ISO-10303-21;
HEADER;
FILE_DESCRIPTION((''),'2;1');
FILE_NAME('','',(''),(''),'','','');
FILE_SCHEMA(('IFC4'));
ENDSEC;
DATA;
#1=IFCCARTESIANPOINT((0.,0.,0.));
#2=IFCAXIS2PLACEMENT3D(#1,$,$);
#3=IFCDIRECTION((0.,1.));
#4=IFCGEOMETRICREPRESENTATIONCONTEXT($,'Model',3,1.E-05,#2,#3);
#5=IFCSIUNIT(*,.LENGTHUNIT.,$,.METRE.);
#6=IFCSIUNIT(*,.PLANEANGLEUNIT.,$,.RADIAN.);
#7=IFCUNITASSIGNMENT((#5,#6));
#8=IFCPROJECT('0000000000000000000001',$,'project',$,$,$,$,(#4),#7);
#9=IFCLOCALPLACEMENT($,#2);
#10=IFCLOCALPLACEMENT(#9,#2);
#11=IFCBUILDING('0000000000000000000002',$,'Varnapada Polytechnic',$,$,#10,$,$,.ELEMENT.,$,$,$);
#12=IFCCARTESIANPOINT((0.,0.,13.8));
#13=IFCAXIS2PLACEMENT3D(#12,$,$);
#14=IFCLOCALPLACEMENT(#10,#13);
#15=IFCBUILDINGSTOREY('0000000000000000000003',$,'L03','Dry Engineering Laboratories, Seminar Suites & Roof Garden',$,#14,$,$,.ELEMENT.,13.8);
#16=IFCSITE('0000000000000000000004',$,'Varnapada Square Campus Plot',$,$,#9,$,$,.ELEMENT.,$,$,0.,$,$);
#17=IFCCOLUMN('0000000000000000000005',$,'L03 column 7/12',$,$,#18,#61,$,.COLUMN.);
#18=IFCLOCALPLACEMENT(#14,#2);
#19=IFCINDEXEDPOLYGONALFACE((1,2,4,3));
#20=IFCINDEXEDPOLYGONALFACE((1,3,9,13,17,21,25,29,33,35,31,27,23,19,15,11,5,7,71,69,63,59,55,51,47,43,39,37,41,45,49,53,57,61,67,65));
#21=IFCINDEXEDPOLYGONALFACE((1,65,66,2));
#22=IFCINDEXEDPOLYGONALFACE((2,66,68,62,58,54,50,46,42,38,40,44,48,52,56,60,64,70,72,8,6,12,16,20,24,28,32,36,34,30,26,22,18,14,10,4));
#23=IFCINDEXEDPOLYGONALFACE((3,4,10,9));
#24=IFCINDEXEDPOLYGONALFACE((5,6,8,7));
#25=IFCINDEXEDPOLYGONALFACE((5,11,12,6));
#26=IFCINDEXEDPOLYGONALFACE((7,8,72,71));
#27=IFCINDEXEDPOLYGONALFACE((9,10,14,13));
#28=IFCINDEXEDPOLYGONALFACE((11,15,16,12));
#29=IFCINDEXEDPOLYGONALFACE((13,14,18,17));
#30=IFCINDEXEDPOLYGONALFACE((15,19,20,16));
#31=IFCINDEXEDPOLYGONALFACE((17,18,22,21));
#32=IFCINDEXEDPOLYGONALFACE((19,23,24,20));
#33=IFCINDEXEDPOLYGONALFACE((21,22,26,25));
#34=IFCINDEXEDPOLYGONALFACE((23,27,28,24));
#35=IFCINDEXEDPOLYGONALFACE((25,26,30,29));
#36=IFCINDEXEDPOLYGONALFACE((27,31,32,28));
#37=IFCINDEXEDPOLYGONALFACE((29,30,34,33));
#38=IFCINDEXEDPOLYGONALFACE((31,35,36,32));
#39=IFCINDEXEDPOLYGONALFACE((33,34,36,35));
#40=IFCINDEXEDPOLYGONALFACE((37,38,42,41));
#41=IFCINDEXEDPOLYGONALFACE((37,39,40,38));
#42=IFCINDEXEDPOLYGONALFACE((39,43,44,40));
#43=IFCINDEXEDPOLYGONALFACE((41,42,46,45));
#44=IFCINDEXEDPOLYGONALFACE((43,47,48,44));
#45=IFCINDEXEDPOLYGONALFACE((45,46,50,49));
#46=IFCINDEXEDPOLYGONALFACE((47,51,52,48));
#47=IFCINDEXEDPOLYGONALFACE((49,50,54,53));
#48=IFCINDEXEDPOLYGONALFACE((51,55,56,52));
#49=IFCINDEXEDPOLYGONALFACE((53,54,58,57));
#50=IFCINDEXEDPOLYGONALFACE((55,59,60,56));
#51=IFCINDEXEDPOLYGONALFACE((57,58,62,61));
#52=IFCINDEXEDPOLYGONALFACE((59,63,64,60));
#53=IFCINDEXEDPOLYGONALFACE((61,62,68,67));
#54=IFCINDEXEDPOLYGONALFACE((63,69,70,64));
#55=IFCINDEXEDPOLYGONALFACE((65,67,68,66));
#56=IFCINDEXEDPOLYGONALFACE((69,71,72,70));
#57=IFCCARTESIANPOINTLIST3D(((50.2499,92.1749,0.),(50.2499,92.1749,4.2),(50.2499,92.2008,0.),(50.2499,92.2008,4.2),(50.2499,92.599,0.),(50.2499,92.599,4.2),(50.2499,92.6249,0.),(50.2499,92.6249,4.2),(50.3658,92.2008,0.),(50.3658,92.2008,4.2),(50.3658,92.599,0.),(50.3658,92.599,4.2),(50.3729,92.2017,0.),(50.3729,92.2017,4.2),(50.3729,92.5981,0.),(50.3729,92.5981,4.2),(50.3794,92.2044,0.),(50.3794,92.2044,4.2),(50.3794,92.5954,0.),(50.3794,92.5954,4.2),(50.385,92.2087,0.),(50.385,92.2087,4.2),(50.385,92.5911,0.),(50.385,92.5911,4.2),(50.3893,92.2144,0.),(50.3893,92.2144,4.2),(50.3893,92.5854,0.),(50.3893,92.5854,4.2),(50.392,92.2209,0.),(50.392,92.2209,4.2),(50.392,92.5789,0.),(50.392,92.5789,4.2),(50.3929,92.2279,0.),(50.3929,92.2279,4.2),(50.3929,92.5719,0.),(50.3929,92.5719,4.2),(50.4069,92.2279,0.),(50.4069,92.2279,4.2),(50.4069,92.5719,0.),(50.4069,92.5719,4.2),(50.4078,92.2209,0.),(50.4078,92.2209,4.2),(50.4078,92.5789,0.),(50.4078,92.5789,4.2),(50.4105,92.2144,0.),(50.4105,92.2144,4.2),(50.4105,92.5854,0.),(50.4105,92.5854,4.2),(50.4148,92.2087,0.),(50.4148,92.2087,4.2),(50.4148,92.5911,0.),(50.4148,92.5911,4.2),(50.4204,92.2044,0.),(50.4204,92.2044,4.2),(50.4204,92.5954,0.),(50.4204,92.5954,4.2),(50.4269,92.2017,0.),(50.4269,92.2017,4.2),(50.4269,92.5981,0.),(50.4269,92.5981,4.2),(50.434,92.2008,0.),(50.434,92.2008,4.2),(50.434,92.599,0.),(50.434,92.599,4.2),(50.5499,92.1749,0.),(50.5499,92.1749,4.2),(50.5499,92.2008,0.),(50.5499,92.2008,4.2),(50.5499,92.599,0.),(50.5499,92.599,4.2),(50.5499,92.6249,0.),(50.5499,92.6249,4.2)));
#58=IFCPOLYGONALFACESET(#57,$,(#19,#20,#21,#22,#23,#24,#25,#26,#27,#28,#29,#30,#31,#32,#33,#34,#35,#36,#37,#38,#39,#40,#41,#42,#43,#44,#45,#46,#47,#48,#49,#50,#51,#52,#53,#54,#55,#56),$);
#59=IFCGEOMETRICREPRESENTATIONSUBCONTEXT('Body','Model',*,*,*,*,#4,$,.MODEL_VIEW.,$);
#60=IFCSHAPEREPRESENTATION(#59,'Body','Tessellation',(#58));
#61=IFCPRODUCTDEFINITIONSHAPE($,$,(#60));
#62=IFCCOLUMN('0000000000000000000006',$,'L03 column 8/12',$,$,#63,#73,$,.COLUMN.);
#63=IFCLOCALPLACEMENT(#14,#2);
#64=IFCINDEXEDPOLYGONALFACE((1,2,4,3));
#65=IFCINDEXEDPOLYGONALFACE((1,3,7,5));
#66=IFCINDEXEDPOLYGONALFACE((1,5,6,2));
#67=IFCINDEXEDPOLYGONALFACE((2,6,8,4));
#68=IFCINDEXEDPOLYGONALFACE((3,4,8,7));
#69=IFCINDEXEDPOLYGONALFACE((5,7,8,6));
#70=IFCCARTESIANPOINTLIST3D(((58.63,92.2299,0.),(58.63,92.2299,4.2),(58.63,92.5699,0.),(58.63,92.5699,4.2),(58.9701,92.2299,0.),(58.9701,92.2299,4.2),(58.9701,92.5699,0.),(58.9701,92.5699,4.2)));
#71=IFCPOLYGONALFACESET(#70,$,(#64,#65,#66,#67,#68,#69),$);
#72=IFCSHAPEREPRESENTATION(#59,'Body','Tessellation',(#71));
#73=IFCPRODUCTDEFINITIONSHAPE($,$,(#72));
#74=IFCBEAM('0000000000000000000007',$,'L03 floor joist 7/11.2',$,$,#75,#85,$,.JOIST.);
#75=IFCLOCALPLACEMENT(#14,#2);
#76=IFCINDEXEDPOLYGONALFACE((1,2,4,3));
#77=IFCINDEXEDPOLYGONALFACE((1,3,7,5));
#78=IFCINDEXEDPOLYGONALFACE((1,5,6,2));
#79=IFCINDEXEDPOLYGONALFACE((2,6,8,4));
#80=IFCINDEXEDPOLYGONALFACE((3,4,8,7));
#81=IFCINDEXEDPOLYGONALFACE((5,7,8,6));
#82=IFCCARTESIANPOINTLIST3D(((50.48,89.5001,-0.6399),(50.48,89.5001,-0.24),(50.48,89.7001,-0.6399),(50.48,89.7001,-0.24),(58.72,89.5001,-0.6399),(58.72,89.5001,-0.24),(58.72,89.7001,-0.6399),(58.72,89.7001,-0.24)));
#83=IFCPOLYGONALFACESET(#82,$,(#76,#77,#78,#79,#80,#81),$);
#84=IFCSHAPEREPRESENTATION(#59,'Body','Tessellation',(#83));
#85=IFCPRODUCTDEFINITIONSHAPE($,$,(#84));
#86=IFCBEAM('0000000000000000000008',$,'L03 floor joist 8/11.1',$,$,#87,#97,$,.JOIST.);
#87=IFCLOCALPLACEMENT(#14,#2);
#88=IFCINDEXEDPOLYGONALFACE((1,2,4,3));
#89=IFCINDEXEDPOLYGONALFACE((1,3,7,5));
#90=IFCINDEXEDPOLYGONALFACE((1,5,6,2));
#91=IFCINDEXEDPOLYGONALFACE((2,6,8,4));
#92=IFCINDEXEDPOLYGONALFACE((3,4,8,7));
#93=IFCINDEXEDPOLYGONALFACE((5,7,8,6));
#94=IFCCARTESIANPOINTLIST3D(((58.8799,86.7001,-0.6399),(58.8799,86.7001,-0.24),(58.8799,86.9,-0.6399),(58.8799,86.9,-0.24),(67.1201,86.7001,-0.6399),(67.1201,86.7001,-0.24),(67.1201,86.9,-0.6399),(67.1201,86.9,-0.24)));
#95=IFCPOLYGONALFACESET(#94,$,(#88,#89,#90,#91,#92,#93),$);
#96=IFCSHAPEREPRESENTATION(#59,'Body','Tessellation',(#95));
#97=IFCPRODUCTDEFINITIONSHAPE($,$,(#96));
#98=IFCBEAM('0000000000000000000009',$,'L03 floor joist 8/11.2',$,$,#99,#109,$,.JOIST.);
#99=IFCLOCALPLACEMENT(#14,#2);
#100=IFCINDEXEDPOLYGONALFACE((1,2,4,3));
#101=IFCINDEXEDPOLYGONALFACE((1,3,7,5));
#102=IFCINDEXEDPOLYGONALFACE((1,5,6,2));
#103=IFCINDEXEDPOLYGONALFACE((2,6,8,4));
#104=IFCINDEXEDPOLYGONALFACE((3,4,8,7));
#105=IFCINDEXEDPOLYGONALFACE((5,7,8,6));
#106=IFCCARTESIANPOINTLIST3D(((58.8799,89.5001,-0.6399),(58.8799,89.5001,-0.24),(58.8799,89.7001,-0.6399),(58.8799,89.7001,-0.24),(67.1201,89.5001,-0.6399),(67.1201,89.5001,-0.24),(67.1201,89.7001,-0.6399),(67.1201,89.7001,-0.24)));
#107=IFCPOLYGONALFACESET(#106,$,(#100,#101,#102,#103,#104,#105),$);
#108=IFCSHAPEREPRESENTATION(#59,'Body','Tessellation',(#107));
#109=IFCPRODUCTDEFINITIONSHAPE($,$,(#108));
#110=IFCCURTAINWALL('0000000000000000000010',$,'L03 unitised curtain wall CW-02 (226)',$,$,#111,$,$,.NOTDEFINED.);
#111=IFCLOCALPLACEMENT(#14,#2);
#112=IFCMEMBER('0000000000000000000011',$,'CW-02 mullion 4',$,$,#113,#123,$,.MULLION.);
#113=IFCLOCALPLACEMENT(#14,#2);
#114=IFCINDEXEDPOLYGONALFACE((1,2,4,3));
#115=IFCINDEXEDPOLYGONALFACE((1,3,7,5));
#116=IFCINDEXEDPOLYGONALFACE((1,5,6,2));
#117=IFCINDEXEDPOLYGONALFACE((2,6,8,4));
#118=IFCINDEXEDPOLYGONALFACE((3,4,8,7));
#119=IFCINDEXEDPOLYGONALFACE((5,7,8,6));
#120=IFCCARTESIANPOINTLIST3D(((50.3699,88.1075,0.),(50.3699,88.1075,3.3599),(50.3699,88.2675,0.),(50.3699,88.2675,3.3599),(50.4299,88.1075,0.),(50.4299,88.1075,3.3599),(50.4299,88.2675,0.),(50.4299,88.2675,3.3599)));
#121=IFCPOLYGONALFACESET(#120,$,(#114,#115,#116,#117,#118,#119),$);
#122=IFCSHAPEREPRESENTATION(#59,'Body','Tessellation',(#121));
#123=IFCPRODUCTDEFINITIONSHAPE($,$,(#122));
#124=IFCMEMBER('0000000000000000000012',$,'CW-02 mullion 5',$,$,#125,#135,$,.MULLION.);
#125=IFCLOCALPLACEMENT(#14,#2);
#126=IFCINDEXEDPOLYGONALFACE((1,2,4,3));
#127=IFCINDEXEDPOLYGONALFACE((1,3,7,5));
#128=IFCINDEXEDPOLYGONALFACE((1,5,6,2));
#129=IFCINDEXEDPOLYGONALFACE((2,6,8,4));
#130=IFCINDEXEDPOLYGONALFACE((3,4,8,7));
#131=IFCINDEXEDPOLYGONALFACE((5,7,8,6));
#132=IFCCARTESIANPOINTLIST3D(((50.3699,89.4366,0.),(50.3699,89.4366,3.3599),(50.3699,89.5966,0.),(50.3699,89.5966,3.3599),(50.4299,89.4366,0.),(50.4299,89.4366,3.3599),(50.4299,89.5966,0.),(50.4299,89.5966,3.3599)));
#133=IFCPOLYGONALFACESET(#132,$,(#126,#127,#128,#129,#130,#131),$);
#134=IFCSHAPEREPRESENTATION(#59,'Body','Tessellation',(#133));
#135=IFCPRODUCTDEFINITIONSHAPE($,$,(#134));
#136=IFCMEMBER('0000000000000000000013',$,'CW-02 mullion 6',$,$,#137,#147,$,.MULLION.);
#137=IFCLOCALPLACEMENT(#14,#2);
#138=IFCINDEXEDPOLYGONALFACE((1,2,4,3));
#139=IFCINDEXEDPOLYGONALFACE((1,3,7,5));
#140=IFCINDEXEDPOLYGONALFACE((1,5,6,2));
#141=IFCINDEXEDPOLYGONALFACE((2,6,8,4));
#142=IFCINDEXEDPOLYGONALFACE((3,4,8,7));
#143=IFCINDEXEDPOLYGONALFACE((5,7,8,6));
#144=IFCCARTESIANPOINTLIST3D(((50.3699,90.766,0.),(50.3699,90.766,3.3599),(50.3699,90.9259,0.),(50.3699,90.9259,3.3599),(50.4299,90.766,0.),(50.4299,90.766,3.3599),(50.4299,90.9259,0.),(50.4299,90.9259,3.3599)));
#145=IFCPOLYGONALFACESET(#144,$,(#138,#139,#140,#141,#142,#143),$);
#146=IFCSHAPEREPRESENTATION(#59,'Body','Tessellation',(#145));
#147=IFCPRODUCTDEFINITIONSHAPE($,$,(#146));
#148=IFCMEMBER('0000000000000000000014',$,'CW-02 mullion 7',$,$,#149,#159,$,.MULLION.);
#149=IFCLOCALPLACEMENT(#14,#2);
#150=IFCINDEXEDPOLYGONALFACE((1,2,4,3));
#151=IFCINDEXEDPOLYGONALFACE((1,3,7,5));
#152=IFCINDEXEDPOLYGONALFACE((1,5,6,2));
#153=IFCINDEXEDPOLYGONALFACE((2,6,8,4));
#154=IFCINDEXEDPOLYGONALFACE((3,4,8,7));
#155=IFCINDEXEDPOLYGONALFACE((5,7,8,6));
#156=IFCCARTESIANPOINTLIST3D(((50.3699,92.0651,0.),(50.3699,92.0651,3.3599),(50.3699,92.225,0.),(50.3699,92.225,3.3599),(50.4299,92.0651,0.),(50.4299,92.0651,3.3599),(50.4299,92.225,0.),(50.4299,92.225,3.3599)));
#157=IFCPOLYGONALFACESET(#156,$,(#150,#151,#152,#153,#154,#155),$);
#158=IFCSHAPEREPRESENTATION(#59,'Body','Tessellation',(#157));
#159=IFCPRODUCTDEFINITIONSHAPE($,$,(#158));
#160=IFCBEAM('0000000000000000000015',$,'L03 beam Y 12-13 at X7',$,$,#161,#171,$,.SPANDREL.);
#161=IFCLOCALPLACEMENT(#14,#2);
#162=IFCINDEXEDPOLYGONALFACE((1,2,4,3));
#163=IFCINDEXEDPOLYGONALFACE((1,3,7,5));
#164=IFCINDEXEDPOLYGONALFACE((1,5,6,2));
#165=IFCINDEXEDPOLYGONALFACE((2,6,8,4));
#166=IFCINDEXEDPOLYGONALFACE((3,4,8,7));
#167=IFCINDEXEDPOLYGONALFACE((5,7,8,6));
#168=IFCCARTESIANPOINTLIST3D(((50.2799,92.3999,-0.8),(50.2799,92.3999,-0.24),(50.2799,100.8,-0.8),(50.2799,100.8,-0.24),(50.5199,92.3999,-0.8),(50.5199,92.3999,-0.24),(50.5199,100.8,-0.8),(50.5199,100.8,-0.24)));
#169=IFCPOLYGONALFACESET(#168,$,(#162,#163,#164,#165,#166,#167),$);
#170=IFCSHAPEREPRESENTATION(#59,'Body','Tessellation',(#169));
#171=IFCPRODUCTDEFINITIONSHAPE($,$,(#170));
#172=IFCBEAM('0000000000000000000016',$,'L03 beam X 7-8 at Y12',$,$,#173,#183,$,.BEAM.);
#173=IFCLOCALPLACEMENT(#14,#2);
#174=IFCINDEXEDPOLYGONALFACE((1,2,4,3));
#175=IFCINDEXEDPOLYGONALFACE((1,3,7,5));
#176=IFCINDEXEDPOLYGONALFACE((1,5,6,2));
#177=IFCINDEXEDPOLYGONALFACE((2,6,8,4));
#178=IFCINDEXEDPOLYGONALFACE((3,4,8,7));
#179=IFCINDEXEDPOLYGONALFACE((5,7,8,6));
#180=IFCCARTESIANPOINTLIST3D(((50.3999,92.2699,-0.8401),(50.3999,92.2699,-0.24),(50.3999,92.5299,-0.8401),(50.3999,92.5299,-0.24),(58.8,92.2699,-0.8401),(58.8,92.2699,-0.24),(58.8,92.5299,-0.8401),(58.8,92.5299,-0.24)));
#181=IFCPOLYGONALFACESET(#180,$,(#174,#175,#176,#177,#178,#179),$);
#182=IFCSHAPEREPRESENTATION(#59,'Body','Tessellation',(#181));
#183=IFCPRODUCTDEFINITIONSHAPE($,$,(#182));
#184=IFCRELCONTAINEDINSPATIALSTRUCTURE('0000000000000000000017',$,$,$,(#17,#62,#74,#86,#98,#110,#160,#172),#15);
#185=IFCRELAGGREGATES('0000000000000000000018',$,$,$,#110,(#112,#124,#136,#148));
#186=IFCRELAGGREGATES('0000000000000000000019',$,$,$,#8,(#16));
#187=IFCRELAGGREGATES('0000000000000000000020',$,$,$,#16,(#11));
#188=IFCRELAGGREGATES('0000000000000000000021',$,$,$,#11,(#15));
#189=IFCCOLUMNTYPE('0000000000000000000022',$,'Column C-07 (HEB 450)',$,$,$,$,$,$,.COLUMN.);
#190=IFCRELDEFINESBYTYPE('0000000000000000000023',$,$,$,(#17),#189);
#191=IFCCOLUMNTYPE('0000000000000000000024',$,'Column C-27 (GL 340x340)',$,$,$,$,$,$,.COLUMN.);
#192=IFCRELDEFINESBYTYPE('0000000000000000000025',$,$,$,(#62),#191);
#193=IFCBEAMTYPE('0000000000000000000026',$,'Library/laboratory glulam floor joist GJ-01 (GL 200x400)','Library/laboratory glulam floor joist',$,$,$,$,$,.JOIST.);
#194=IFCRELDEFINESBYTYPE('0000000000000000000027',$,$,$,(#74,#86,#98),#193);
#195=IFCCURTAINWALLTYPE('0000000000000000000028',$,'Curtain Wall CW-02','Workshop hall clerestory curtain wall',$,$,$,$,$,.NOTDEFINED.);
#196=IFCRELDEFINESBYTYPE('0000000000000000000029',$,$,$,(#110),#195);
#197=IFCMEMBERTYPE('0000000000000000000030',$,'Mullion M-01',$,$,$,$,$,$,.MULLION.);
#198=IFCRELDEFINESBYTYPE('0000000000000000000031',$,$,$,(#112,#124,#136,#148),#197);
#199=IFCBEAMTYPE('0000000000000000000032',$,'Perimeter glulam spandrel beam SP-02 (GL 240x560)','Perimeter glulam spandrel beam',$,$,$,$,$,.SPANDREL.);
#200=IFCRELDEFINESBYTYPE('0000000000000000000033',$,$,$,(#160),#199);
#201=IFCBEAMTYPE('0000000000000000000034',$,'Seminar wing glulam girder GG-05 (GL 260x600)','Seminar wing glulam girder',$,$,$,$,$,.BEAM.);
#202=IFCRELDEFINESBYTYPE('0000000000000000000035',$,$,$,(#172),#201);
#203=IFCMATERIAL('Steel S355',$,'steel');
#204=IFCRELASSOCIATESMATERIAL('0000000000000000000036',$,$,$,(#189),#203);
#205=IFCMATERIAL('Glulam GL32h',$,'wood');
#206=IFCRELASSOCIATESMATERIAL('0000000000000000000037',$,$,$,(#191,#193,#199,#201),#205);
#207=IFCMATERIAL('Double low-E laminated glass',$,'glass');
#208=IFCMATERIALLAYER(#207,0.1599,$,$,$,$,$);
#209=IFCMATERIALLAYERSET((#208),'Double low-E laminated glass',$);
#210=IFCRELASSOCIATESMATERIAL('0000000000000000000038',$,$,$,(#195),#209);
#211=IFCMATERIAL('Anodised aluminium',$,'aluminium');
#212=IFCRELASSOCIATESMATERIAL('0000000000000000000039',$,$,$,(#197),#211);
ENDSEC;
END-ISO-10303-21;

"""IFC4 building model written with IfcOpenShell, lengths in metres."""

from ifc_helpers import new_model, si_unit, direction, frame, origin, origin_2d, place, context, subcontext, project, spatial, rectangle, i_section, extrude, material, layer, layer_set, material_profile, profile_set, type_object, element, aggregate, save


model = new_model("IFC4")

# Units and contexts
model_context = context("Model", 3, precision=1e-05, world=origin(), true_north=direction((0.0, 1.0)))
body_context = subcontext(model_context, "Body", "Model", "MODEL_VIEW")
ifc_project = project(units=[si_unit("LENGTHUNIT", "METRE"), si_unit("PLANEANGLEUNIT", "RADIAN")], contexts=[model_context])

# Site, building, storey
site_placement = place(None, origin())
site = spatial("IfcSite", under=ifc_project, at=site_placement, Name="Varnapada Square Campus Plot", CompositionType="ELEMENT", RefElevation=0.0)
building_placement = place(site_placement, origin())
building = spatial("IfcBuilding", under=site, at=building_placement, Name="Varnapada Polytechnic", CompositionType="ELEMENT")
storey_placement = place(building_placement, frame((0.0, 0.0, 13.8)))
storey = spatial("IfcBuildingStorey", under=building, at=storey_placement, Name="L03", Description="Dry Engineering Laboratories, Seminar Suites & Roof Garden", CompositionType="ELEMENT", Elevation=13.8)

# Columns
ifc_material_1 = material(Name="Steel S355", Category="steel")
ifc_material_profile_1 = material_profile(ifc_material_1, i_section(OverallWidth=0.3, OverallDepth=0.45, WebThickness=0.0139, FlangeThickness=0.0259, FilletRadius=0.0271, at=origin_2d()), Name="HEB 450")
ifc_profile_set_1 = profile_set([ifc_material_profile_1], Name="Steel S355")
column_type_1 = type_object("IfcColumnType", Name="Column C-07 (HEB 450)", PredefinedType="COLUMN", material=ifc_profile_set_1)
column_1_placement = place(storey_placement, frame((50.3999, 92.3999, 0.0), z_axis=(0.0, 0.0, 1.0), x_axis=(1.0, 0.0, 0.0)))
element("IfcColumn", 1, at=column_1_placement, inside=storey, type_object=column_type_1, Name="L03 column 7/12", PredefinedType="COLUMN", context=body_context, shape_type="SweptSolid", body=[
    extrude(i_section(OverallWidth=0.3, OverallDepth=0.45, WebThickness=0.0139, FlangeThickness=0.0259, FilletRadius=0.0271, at=origin_2d()), origin(), (0.0, 0.0, 1.0), 4.2),
])
ifc_material_2 = material(Name="Glulam GL32h", Category="wood")
ifc_material_profile_2 = material_profile(ifc_material_2, rectangle(XDim=0.3401, YDim=0.3401, at=origin_2d()), Name="GL 340x340")
ifc_profile_set_2 = profile_set([ifc_material_profile_2], Name="Glulam GL32h")
column_type_2 = type_object("IfcColumnType", Name="Column C-27 (GL 340x340)", PredefinedType="COLUMN", material=ifc_profile_set_2)
column_2_placement = place(storey_placement, frame((58.8, 92.3999, 0.0), z_axis=(0.0, 0.0, 1.0), x_axis=(1.0, 0.0, 0.0)))
element("IfcColumn", 2, at=column_2_placement, inside=storey, type_object=column_type_2, Name="L03 column 8/12", PredefinedType="COLUMN", context=body_context, shape_type="SweptSolid", body=[
    extrude(rectangle(XDim=0.3401, YDim=0.3401, at=origin_2d()), origin(), (0.0, 0.0, 1.0), 4.2),
])

# Beams
ifc_material_profile_3 = material_profile(ifc_material_2, rectangle(XDim=0.2, YDim=0.3999, at=origin_2d()), Name="GL 200x400")
ifc_profile_set_3 = profile_set([ifc_material_profile_3], Name="Glulam GL32h")
beam_type_1 = type_object("IfcBeamType", Name="Library/laboratory glulam floor joist GJ-01 (GL 200x400)", Description="Library/laboratory glulam floor joist", PredefinedType="JOIST", material=ifc_profile_set_3)
beam_1_placement = place(storey_placement, frame((50.48, 89.6001, -0.4399), z_axis=(1.0, 0.0, 0.0), x_axis=(0.0, 1.0, 0.0)))
element("IfcBeam", 3, at=beam_1_placement, inside=storey, type_object=beam_type_1, Name="L03 floor joist 7/11.2", PredefinedType="JOIST", context=body_context, shape_type="SweptSolid", body=[
    extrude(rectangle(XDim=0.2, YDim=0.3999, at=origin_2d()), origin(), (0.0, 0.0, 1.0), 8.24),
])
for number, where, z_axis, x_axis, name in (
    (4, (58.8799, 86.8, -0.4399), (1.0, 0.0, 0.0), (0.0, 1.0, 0.0), "L03 floor joist 8/11.1"),
    (5, (58.8799, 89.6001, -0.4399), (1.0, 0.0, 0.0), (0.0, 1.0, 0.0), "L03 floor joist 8/11.2"),
):
    element("IfcBeam", number, at=place(storey_placement, frame(where, z_axis=z_axis, x_axis=x_axis)), inside=storey, type_object=beam_type_1, Name=name, PredefinedType="JOIST", context=body_context, shape_type="SweptSolid", body=[
        extrude(rectangle(XDim=0.2, YDim=0.3999, at=origin_2d()), origin(), (0.0, 0.0, 1.0), 8.2402),
    ])

# Curtain wall, members
ifc_material_3 = material(Name="Double low-E laminated glass", Category="glass")
ifc_layer_1 = layer(ifc_material_3, 0.1599)
ifc_layer_set_1 = layer_set([ifc_layer_1], Name="Double low-E laminated glass")
curtain_wall_type = type_object("IfcCurtainWallType", Name="Curtain Wall CW-02", Description="Workshop hall clerestory curtain wall", PredefinedType="NOTDEFINED", material=ifc_layer_set_1)
curtain_wall_placement = place(storey_placement, origin())
curtain_wall = element("IfcCurtainWall", 6, at=curtain_wall_placement, inside=storey, type_object=curtain_wall_type, Name="L03 unitised curtain wall CW-02 (226)", PredefinedType="NOTDEFINED")
ifc_material_4 = material(Name="Anodised aluminium", Category="aluminium")
ifc_material_profile_4 = material_profile(ifc_material_4, rectangle(XDim=0.0601, YDim=0.1599, at=origin_2d()), Name="ALU M60x160")
ifc_profile_set_4 = profile_set([ifc_material_profile_4], Name="Anodised aluminium")
member_type_1 = type_object("IfcMemberType", Name="Mullion M-01", PredefinedType="MULLION", material=ifc_profile_set_4)
member_1_placement = place(storey_placement, frame((50.3999, 88.1875, 0.0), z_axis=(0.0, 0.0, 1.0), x_axis=(-1.0, 0.0, 0.0)))
member_1 = element("IfcMember", 7, at=member_1_placement, type_object=member_type_1, Name="CW-02 mullion 4", PredefinedType="MULLION", context=body_context, shape_type="SweptSolid", body=[
    extrude(rectangle(XDim=0.0601, YDim=0.1599, at=origin_2d()), origin(), (0.0, 0.0, 1.0), 3.3599),
])
member_2_placement = place(storey_placement, frame((50.3999, 89.5166, 0.0), z_axis=(0.0, 0.0, 1.0), x_axis=(-1.0, 0.0, 0.0)))
member_2 = element("IfcMember", 8, at=member_2_placement, type_object=member_type_1, Name="CW-02 mullion 5", PredefinedType="MULLION", context=body_context, shape_type="SweptSolid", body=[
    extrude(rectangle(XDim=0.0601, YDim=0.1599, at=origin_2d()), origin(), (0.0, 0.0, 1.0), 3.3599),
])
member_3_placement = place(storey_placement, frame((50.3999, 90.8459, 0.0), z_axis=(0.0, 0.0, 1.0), x_axis=(-1.0, 0.0, 0.0)))
member_3 = element("IfcMember", 9, at=member_3_placement, type_object=member_type_1, Name="CW-02 mullion 6", PredefinedType="MULLION", context=body_context, shape_type="SweptSolid", body=[
    extrude(rectangle(XDim=0.0601, YDim=0.1599, at=origin_2d()), origin(), (0.0, 0.0, 1.0), 3.3599),
])
member_4_placement = place(storey_placement, frame((50.3999, 92.145, 0.0), z_axis=(0.0, 0.0, 1.0), x_axis=(-1.0, 0.0, 0.0)))
member_4 = element("IfcMember", 10, at=member_4_placement, type_object=member_type_1, Name="CW-02 mullion 7", PredefinedType="MULLION", context=body_context, shape_type="SweptSolid", body=[
    extrude(rectangle(XDim=0.0601, YDim=0.1599, at=origin_2d()), origin(), (0.0, 0.0, 1.0), 3.3599),
])

# Beams
ifc_material_profile_5 = material_profile(ifc_material_2, rectangle(XDim=0.24, YDim=0.5601, at=origin_2d()), Name="GL 240x560")
ifc_profile_set_5 = profile_set([ifc_material_profile_5], Name="Glulam GL32h")
beam_type_2 = type_object("IfcBeamType", Name="Perimeter glulam spandrel beam SP-02 (GL 240x560)", Description="Perimeter glulam spandrel beam", PredefinedType="SPANDREL", material=ifc_profile_set_5)
beam_2_placement = place(storey_placement, frame((50.3999, 92.3999, -0.52), z_axis=(0.0, 1.0, 0.0), x_axis=(-1.0, 0.0, 0.0)))
element("IfcBeam", 11, at=beam_2_placement, inside=storey, type_object=beam_type_2, Name="L03 beam Y 12-13 at X7", PredefinedType="SPANDREL", context=body_context, shape_type="SweptSolid", body=[
    extrude(rectangle(XDim=0.24, YDim=0.5601, at=origin_2d()), origin(), (0.0, 0.0, 1.0), 8.4001),
])
ifc_material_profile_6 = material_profile(ifc_material_2, rectangle(XDim=0.26, YDim=0.6001, at=origin_2d()), Name="GL 260x600")
ifc_profile_set_6 = profile_set([ifc_material_profile_6], Name="Glulam GL32h")
beam_type_3 = type_object("IfcBeamType", Name="Seminar wing glulam girder GG-05 (GL 260x600)", Description="Seminar wing glulam girder", PredefinedType="BEAM", material=ifc_profile_set_6)
beam_3_placement = place(storey_placement, frame((50.3999, 92.3999, -0.54), z_axis=(1.0, 0.0, 0.0), x_axis=(0.0, 1.0, 0.0)))
element("IfcBeam", 12, at=beam_3_placement, inside=storey, type_object=beam_type_3, Name="L03 beam X 7-8 at Y12", PredefinedType="BEAM", context=body_context, shape_type="SweptSolid", body=[
    extrude(rectangle(XDim=0.26, YDim=0.6001, at=origin_2d()), origin(), (0.0, 0.0, 1.0), 8.4001),
])

aggregate(curtain_wall, [member_1, member_2, member_3, member_4])

save(model, "model.ifc")
